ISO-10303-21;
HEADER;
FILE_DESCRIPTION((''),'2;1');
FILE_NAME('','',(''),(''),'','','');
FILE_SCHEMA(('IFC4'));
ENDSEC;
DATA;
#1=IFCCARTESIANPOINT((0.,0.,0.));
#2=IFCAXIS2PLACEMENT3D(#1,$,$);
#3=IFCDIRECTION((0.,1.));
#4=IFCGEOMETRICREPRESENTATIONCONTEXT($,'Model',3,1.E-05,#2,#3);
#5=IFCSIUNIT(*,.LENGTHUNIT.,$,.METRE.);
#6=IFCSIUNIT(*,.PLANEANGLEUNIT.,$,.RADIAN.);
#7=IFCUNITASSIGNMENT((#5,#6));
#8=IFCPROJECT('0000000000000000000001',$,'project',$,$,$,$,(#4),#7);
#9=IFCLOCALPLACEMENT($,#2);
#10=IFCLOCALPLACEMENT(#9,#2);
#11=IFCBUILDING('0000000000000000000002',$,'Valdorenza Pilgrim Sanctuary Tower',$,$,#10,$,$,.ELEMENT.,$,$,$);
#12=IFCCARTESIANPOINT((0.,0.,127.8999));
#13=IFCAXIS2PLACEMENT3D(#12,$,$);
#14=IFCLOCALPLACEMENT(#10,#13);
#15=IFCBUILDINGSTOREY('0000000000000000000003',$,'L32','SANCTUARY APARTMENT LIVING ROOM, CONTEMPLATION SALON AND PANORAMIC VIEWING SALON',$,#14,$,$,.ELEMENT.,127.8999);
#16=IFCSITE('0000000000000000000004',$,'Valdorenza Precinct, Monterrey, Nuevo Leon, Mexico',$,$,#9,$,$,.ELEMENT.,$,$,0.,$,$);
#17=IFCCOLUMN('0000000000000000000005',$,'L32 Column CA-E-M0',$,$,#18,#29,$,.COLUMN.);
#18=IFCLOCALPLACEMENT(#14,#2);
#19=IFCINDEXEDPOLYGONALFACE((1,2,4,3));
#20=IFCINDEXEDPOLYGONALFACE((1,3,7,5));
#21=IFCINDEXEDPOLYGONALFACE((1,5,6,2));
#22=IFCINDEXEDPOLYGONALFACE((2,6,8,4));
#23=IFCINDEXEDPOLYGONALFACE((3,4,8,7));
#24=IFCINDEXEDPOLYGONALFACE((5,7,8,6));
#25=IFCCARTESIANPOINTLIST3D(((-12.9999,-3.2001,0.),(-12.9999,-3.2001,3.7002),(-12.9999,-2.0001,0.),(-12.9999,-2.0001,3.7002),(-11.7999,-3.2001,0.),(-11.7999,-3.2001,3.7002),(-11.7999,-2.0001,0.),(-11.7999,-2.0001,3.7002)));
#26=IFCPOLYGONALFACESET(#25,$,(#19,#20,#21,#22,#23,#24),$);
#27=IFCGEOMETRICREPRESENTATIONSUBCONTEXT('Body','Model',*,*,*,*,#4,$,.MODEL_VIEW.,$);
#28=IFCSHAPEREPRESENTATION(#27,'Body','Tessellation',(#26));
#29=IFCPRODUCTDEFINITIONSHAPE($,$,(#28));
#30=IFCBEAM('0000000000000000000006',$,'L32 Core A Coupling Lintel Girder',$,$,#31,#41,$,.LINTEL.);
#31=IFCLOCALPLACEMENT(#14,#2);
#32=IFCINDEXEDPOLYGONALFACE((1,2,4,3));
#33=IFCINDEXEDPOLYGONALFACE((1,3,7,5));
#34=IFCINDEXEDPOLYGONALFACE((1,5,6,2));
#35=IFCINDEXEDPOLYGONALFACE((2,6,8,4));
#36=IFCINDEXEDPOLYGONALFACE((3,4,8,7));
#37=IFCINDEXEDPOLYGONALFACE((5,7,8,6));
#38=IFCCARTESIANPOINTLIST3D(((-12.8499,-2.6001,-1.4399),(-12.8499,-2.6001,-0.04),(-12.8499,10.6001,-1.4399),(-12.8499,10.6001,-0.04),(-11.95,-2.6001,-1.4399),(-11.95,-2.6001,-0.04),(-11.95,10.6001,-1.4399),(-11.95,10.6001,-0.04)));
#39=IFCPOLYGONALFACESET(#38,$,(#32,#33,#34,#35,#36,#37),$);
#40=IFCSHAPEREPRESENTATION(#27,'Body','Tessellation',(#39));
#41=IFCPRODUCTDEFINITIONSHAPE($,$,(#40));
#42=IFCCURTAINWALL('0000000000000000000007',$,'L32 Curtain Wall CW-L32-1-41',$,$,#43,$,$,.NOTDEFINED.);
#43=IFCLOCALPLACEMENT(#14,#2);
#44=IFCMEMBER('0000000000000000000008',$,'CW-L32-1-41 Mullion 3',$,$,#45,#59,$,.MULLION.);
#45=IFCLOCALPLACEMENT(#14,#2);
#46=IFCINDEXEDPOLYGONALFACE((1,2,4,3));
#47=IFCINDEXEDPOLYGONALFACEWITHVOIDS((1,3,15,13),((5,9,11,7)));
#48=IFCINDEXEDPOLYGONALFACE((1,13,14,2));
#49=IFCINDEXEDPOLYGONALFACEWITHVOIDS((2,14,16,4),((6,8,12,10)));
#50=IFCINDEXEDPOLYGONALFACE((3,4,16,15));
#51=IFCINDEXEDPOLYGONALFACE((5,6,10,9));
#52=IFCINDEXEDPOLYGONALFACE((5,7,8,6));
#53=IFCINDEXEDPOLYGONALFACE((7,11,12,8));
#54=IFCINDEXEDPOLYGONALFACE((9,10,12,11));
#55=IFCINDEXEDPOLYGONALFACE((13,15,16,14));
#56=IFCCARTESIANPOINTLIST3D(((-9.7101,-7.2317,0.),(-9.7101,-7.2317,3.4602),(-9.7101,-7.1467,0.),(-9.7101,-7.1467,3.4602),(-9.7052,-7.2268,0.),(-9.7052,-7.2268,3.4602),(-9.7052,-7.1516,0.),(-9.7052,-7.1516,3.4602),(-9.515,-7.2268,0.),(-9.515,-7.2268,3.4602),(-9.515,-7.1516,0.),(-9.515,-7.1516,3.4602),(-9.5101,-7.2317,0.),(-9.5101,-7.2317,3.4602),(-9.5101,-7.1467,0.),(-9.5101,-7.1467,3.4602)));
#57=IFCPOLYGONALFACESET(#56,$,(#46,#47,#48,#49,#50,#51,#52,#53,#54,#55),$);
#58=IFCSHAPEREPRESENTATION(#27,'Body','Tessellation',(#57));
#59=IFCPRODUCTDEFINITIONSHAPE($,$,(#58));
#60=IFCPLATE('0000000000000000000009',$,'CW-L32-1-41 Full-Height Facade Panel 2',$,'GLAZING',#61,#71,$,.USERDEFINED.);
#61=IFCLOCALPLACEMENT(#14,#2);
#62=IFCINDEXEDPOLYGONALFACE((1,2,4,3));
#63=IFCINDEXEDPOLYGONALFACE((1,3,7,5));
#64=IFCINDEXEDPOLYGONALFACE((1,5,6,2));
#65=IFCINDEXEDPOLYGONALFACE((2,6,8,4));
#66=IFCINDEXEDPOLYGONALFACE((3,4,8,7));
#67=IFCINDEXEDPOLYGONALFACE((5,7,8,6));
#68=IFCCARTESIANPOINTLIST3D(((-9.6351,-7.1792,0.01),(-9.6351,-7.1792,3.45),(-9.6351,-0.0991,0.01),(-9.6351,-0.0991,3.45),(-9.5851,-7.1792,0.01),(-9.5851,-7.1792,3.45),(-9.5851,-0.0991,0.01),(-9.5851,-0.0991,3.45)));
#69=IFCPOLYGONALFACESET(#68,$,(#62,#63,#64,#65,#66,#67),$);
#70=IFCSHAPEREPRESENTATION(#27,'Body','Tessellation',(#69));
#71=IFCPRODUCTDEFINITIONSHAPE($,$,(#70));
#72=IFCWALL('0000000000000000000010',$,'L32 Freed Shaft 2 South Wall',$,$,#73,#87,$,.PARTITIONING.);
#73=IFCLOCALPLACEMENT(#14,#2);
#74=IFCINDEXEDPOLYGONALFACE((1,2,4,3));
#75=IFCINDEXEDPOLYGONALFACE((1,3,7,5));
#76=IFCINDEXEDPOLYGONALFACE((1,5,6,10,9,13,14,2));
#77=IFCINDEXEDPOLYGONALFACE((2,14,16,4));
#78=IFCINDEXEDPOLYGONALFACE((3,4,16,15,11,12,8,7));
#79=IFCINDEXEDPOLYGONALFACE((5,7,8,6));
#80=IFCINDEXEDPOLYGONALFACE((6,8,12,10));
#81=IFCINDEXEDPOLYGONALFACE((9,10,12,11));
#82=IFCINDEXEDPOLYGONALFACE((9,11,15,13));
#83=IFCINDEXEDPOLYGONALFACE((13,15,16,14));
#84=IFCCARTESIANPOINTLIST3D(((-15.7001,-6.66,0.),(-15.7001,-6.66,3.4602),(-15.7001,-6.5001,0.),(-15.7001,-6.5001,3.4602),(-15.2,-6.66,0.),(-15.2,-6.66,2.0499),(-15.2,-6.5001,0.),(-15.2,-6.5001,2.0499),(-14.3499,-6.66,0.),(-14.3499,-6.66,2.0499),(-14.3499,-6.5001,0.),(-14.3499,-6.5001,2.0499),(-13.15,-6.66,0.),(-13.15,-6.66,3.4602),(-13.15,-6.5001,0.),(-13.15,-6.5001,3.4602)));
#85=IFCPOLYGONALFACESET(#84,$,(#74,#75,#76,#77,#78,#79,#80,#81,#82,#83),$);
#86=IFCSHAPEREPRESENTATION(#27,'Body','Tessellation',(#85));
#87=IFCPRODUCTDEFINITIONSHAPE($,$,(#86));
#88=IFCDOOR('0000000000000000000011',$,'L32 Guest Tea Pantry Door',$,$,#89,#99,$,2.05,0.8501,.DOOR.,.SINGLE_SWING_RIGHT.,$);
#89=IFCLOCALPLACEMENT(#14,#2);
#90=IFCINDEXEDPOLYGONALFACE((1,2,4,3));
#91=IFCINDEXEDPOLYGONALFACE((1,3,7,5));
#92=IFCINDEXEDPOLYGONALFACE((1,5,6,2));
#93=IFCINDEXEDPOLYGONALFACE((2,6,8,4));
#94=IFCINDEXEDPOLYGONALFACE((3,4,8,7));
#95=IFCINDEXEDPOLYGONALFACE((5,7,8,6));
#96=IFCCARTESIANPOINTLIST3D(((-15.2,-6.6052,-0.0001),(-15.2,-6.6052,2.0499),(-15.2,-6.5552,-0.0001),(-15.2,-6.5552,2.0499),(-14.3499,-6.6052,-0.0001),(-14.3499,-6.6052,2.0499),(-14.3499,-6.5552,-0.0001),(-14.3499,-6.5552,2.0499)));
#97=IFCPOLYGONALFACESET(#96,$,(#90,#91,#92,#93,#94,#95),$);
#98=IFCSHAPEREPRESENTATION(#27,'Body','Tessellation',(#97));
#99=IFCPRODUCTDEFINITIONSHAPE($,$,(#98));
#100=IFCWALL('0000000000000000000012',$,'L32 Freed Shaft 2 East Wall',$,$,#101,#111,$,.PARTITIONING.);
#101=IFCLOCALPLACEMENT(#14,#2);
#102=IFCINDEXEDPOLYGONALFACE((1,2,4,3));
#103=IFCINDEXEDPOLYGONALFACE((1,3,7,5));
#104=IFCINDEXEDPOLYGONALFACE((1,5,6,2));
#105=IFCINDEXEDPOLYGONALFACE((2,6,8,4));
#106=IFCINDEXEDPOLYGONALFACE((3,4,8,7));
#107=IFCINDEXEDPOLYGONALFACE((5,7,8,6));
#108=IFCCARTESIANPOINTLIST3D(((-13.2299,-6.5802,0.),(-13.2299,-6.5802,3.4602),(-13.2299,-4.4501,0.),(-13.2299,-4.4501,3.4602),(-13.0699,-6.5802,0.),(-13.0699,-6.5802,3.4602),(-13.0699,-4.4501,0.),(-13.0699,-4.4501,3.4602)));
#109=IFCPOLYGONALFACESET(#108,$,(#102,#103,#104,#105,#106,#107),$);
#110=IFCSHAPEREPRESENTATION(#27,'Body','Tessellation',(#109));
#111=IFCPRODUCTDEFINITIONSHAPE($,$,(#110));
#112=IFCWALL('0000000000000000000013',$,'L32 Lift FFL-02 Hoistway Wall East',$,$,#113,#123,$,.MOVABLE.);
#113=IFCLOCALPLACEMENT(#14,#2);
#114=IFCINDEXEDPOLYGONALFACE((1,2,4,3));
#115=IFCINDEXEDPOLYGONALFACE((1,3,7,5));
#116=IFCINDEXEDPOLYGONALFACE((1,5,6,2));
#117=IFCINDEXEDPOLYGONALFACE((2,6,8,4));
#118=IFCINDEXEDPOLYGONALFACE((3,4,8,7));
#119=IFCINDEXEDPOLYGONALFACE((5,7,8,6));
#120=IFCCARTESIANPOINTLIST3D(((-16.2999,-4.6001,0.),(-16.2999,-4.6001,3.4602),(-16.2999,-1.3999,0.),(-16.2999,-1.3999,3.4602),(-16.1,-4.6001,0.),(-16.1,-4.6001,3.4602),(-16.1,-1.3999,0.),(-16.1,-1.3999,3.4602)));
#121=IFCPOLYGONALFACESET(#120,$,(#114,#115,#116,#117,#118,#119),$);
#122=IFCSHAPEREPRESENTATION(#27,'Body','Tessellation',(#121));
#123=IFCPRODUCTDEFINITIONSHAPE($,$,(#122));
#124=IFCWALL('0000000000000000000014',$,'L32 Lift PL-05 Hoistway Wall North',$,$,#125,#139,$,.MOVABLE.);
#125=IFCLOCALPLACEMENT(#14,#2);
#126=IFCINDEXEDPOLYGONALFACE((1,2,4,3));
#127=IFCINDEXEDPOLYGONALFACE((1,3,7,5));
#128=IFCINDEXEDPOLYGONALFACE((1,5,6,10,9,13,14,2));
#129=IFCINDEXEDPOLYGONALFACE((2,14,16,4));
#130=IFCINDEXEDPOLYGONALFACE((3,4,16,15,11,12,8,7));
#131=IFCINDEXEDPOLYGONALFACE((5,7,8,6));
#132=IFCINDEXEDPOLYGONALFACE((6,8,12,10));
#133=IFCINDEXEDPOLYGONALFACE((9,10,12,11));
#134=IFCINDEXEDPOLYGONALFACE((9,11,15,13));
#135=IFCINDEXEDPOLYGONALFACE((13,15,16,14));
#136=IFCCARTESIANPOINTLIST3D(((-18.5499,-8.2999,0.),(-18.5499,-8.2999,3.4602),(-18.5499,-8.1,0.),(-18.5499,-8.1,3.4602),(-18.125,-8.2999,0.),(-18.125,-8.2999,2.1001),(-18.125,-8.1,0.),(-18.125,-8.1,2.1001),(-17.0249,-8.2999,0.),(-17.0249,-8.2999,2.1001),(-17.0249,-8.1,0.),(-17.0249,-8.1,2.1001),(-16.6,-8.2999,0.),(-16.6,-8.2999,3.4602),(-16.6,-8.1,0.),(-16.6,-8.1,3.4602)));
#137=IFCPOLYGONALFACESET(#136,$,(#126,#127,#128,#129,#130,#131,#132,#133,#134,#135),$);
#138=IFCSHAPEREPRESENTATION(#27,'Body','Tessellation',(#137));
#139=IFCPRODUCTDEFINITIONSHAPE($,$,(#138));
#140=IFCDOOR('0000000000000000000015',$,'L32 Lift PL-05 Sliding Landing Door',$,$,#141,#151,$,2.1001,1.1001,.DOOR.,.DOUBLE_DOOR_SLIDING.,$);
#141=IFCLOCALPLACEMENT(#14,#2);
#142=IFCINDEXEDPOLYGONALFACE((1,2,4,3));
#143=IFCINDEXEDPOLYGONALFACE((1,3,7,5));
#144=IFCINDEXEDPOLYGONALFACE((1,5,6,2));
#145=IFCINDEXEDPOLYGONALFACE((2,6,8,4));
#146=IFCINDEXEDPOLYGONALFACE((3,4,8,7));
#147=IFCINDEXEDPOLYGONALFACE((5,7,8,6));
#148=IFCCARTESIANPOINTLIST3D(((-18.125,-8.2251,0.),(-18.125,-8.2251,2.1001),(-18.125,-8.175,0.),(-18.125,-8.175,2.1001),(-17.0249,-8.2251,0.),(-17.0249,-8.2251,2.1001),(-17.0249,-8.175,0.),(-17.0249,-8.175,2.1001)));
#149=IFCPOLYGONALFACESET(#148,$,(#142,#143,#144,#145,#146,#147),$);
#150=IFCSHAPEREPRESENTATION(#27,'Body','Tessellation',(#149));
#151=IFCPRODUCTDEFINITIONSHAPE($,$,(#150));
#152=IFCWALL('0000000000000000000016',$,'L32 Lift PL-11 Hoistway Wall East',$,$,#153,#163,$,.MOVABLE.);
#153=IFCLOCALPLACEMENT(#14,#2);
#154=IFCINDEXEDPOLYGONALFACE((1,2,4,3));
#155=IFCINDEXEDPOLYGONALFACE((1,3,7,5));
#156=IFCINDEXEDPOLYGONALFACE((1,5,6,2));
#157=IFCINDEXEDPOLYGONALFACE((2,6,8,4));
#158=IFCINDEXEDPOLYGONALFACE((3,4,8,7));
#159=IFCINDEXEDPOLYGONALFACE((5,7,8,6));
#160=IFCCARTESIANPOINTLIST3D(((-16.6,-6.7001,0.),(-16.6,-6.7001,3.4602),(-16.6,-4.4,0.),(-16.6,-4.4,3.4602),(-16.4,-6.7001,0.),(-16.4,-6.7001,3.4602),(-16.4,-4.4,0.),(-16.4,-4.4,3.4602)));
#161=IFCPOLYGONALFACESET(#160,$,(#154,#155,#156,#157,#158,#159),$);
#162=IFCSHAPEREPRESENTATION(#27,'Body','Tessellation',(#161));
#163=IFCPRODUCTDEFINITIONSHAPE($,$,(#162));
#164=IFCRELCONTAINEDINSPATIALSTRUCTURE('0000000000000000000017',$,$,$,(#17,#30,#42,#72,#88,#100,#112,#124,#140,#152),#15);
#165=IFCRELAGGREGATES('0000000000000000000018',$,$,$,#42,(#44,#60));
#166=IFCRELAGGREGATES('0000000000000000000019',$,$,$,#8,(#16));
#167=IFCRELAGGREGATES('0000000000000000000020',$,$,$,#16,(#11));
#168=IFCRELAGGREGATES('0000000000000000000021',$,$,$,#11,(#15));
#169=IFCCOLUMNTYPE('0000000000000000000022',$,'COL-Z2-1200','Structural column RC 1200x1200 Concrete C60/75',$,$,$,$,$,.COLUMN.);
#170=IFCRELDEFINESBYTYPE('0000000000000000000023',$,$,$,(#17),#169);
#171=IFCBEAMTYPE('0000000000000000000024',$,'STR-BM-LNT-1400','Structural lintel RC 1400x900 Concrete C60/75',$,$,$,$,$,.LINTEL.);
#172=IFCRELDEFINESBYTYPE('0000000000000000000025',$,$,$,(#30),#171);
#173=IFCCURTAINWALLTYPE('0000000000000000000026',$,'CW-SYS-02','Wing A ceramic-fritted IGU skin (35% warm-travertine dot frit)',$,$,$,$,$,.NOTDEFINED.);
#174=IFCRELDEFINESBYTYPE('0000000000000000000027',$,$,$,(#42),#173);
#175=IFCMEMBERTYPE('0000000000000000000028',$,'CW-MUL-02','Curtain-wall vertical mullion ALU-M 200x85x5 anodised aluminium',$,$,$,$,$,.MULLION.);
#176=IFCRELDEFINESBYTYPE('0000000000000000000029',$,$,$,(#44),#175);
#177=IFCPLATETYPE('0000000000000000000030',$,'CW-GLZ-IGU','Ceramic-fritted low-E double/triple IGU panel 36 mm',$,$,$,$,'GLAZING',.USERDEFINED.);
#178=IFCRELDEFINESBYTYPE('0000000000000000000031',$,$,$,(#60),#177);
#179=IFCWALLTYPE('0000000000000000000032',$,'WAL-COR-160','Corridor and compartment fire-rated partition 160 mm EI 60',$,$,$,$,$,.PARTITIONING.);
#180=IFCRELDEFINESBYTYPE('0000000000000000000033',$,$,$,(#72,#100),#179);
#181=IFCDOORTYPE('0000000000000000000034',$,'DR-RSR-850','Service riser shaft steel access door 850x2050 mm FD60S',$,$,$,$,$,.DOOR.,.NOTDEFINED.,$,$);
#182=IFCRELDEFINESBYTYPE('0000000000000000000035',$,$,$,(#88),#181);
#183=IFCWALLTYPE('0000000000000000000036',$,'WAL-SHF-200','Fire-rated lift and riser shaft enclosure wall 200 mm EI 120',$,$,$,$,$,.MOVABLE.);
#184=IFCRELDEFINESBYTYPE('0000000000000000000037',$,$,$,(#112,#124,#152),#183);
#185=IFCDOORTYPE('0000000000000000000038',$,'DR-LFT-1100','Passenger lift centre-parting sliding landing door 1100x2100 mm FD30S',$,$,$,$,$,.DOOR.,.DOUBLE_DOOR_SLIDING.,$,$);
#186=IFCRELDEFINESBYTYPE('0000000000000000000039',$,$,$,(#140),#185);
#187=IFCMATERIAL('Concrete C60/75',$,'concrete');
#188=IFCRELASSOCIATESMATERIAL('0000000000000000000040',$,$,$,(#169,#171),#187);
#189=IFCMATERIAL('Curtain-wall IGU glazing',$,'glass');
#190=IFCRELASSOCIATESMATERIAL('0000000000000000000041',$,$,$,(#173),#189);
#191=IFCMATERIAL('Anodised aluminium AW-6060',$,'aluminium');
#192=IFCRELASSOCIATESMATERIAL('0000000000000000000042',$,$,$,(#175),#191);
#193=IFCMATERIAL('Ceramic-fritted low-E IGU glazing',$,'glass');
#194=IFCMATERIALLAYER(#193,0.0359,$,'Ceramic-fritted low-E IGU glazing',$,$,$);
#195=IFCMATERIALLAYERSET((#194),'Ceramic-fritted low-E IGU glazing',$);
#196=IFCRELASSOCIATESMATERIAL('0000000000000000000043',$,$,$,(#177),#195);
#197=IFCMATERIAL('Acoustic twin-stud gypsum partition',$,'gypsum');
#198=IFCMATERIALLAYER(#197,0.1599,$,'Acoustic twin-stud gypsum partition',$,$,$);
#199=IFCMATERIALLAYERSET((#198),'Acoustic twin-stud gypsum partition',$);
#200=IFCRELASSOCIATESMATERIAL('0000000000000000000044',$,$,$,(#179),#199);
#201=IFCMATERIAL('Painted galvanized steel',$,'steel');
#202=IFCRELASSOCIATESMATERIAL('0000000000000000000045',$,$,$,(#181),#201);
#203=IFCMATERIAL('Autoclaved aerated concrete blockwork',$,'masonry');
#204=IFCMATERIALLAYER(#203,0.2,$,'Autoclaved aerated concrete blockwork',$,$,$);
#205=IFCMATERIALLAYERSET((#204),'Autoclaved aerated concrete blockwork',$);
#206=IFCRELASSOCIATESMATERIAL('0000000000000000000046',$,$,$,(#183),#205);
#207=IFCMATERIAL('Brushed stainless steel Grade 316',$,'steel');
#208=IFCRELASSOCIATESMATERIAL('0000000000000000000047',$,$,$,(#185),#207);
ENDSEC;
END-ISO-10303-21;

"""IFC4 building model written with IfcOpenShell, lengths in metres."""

from ifc_helpers import new_model, si_unit, direction, frame, frame_2d, origin, origin_2d, place, context, subcontext, project, spatial, rectangle, hollow_rectangle, extrude, source, transform, mapped, material, layer, layer_set, material_profile, profile_set, type_object, element, fill, aggregate, save


model = new_model("IFC4")

# Units and contexts
model_context = context("Model", 3, precision=1e-05, world=origin(), true_north=direction((0.0, 1.0)))
body_context = subcontext(model_context, "Body", "Model", "MODEL_VIEW")
ifc_project = project(units=[si_unit("LENGTHUNIT", "METRE"), si_unit("PLANEANGLEUNIT", "RADIAN")], contexts=[model_context])

# Site, building, storey
site_placement = place(None, origin())
site = spatial("IfcSite", under=ifc_project, at=site_placement, Name="Valdorenza Precinct, Monterrey, Nuevo Leon, Mexico", CompositionType="ELEMENT", RefElevation=0.0)
building_placement = place(site_placement, origin())
building = spatial("IfcBuilding", under=site, at=building_placement, Name="Valdorenza Pilgrim Sanctuary Tower", CompositionType="ELEMENT")
storey_placement = place(building_placement, frame((0.0, 0.0, 127.8999)))
storey = spatial("IfcBuildingStorey", under=building, at=storey_placement, Name="L32", Description="SANCTUARY APARTMENT LIVING ROOM, CONTEMPLATION SALON AND PANORAMIC VIEWING SALON", CompositionType="ELEMENT", Elevation=127.8999)

# Column
ifc_material_1 = material(Name="Concrete C60/75", Category="concrete")
ifc_material_profile_1 = material_profile(ifc_material_1, rectangle(XDim=1.2, YDim=1.2, at=origin_2d()), Name="RC 1200x1200")
ifc_profile_set_1 = profile_set([ifc_material_profile_1], Name="Concrete C60/75")
column_type = type_object("IfcColumnType", Name="COL-Z2-1200", Description="Structural column RC 1200x1200 Concrete C60/75", PredefinedType="COLUMN", material=ifc_profile_set_1)
shared_shape_1 = source(origin(), body_context, "Body", "SweptSolid", [
    extrude(rectangle(XDim=1.2, YDim=1.2, at=origin_2d()), origin(), (0.0, 0.0, 1.0), 3.7002),
])
column_placement = place(storey_placement, frame((-12.3999, -2.6001, 0.0), z_axis=(0.0, 0.0, 1.0), x_axis=(1.0, 0.0, 0.0)))
element("IfcColumn", 1, at=column_placement, inside=storey, type_object=column_type, Name="L32 Column CA-E-M0", PredefinedType="COLUMN", context=body_context, shape_type="MappedRepresentation", body=[
    mapped(shared_shape_1, transform((0.0, 0.0, 0.0), x_axis=(1.0, 0.0, 0.0), y_axis=(0.0, 1.0, 0.0), z_axis=(0.0, 0.0, 1.0), scale=1.0)),
])

# Beam
ifc_material_profile_2 = material_profile(ifc_material_1, rectangle(XDim=0.8999, YDim=1.3999, at=origin_2d()), Name="RC 1400x900")
ifc_profile_set_2 = profile_set([ifc_material_profile_2], Name="Concrete C60/75")
beam_type = type_object("IfcBeamType", Name="STR-BM-LNT-1400", Description="Structural lintel RC 1400x900 Concrete C60/75", PredefinedType="LINTEL", material=ifc_profile_set_2)
shared_shape_2 = source(origin(), body_context, "Body", "SweptSolid", [
    extrude(rectangle(XDim=0.8999, YDim=1.3999, at=origin_2d()), origin(), (0.0, 0.0, 1.0), 13.2002),
])
beam_placement = place(storey_placement, frame((-12.3999, -2.6001, -0.74), z_axis=(0.0, 1.0, 0.0), x_axis=(-1.0, 0.0, 0.0)))
element("IfcBeam", 2, at=beam_placement, inside=storey, type_object=beam_type, Name="L32 Core A Coupling Lintel Girder", PredefinedType="LINTEL", context=body_context, shape_type="MappedRepresentation", body=[
    mapped(shared_shape_2, transform((0.0, 0.0, 0.0), x_axis=(1.0, 0.0, 0.0), y_axis=(0.0, 1.0, 0.0), z_axis=(0.0, 0.0, 1.0), scale=1.0)),
])

# Curtain wall, member, plate
ifc_material_2 = material(Name="Curtain-wall IGU glazing", Category="glass")
curtain_wall_type = type_object("IfcCurtainWallType", Name="CW-SYS-02", Description="Wing A ceramic-fritted IGU skin (35% warm-travertine dot frit)", PredefinedType="NOTDEFINED", material=ifc_material_2)
curtain_wall_placement = place(storey_placement, origin())
curtain_wall = element("IfcCurtainWall", 3, at=curtain_wall_placement, inside=storey, type_object=curtain_wall_type, Name="L32 Curtain Wall CW-L32-1-41", PredefinedType="NOTDEFINED")
ifc_material_3 = material(Name="Anodised aluminium AW-6060", Category="aluminium")
ifc_material_profile_3 = material_profile(ifc_material_3, hollow_rectangle(XDim=0.085, YDim=0.2, WallThickness=0.0049, at=origin_2d()), Name="ALU-M 200x85x5")
ifc_profile_set_3 = profile_set([ifc_material_profile_3], Name="Anodised aluminium AW-6060")
member_type = type_object("IfcMemberType", Name="CW-MUL-02", Description="Curtain-wall vertical mullion ALU-M 200x85x5 anodised aluminium", PredefinedType="MULLION", material=ifc_profile_set_3)
shared_shape_3 = source(origin(), body_context, "Body", "SweptSolid", [
    extrude(hollow_rectangle(XDim=0.085, YDim=0.2, WallThickness=0.0049, at=origin_2d()), origin(), (0.0, 0.0, 1.0), 3.4602),
])
member_placement = place(storey_placement, frame((-9.6101, -7.1892, 0.0), z_axis=(0.0, 0.0, 1.0), x_axis=(0.0, -1.0, 0.0)))
member = element("IfcMember", 4, at=member_placement, type_object=member_type, Name="CW-L32-1-41 Mullion 3", PredefinedType="MULLION", context=body_context, shape_type="MappedRepresentation", body=[
    mapped(shared_shape_3, transform((0.0, 0.0, 0.0), x_axis=(1.0, 0.0, 0.0), y_axis=(0.0, 1.0, 0.0), z_axis=(0.0, 0.0, 1.0), scale=1.0)),
])
ifc_material_4 = material(Name="Ceramic-fritted low-E IGU glazing", Category="glass")
ifc_layer_1 = layer(ifc_material_4, 0.0359, Name="Ceramic-fritted low-E IGU glazing")
ifc_layer_set_1 = layer_set([ifc_layer_1], Name="Ceramic-fritted low-E IGU glazing")
plate_type = type_object("IfcPlateType", Name="CW-GLZ-IGU", Description="Ceramic-fritted low-E double/triple IGU panel 36 mm", ElementType="GLAZING", PredefinedType="USERDEFINED", material=ifc_layer_set_1)
shared_shape_4 = source(origin(), body_context, "Body", "SweptSolid", [
    extrude(rectangle(XDim=7.0801, YDim=0.05, at=origin_2d()), origin(), (0.0, 0.0, 1.0), 3.4399),
])
plate_placement = place(storey_placement, frame((-9.6101, -3.6392, 0.01), z_axis=(0.0, 0.0, 1.0), x_axis=(0.0, -1.0, 0.0)))
plate = element("IfcPlate", 5, at=plate_placement, type_object=plate_type, Name="CW-L32-1-41 Full-Height Facade Panel 2", ObjectType="GLAZING", PredefinedType="USERDEFINED", context=body_context, shape_type="MappedRepresentation", body=[
    mapped(shared_shape_4, transform((0.0, 0.0, 0.0), x_axis=(1.0, 0.0, 0.0), y_axis=(0.0, 1.0, 0.0), z_axis=(0.0, 0.0, 1.0), scale=1.0)),
])
aggregate(curtain_wall, [member, plate])

# Wall, opening, door
ifc_material_5 = material(Name="Acoustic twin-stud gypsum partition", Category="gypsum")
ifc_layer_2 = layer(ifc_material_5, 0.1599, Name="Acoustic twin-stud gypsum partition")
ifc_layer_set_2 = layer_set([ifc_layer_2], Name="Acoustic twin-stud gypsum partition")
wall_type_1 = type_object("IfcWallType", Name="WAL-COR-160", Description="Corridor and compartment fire-rated partition 160 mm EI 60", PredefinedType="PARTITIONING", material=ifc_layer_set_2)
wall_1_placement = place(storey_placement, frame((-15.7, -6.5801, 0.0), z_axis=(0.0, 0.0, 1.0), x_axis=(1.0, 0.0, 0.0)))
wall_1 = element("IfcWall", 6, at=wall_1_placement, inside=storey, type_object=wall_type_1, Name="L32 Freed Shaft 2 South Wall", PredefinedType="PARTITIONING", context=body_context, shape_type="SweptSolid", body=[
    extrude(rectangle(XDim=2.55, YDim=0.1599, at=frame_2d((1.2749, 0.0))), origin(), (0.0, 0.0, 1.0), 3.4602),
])
opening_1_placement = place(wall_1_placement, frame((0.5, 0.0, 0.0)))
opening_1 = element("IfcOpeningElement", 7, at=opening_1_placement, cuts=wall_1, PredefinedType="OPENING", context=body_context, shape_type="SweptSolid", body=[
    extrude(rectangle(XDim=0.8501, YDim=2.05, at=frame_2d((0.425, 1.0249))), frame((0.0, 0.0947, 0.0), z_axis=(0.0, -1.0, 0.0), x_axis=(1.0, 0.0, 0.0)), (0.0, 0.0, 1.0), 0.1897),
])
ifc_material_6 = material(Name="Painted galvanized steel", Category="steel")
door_type_1 = type_object("IfcDoorType", Name="DR-RSR-850", Description="Service riser shaft steel access door 850x2050 mm FD60S", OperationType="NOTDEFINED", PredefinedType="DOOR", material=ifc_material_6)
door_1_placement = place(opening_1_placement, origin())
door_1 = element("IfcDoor", 8, at=door_1_placement, inside=storey, type_object=door_type_1, Name="L32 Guest Tea Pantry Door", OperationType="SINGLE_SWING_RIGHT", OverallHeight=2.05, OverallWidth=0.8501, PredefinedType="DOOR", context=body_context, shape_type="SweptSolid", body=[
    extrude(rectangle(XDim=0.8501, YDim=2.05, at=frame_2d((0.425, 1.0249))), frame((0.0, 0.0249, 0.0), z_axis=(0.0, -1.0, 0.0), x_axis=(1.0, 0.0, 0.0)), (0.0, 0.0, 1.0), 0.05),
])
fill(opening_1, door_1)

# Walls
wall_2_placement = place(storey_placement, frame((-13.1499, -6.5801, 0.0), z_axis=(0.0, 0.0, 1.0), x_axis=(0.0, 1.0, 0.0)))
element("IfcWall", 9, at=wall_2_placement, inside=storey, type_object=wall_type_1, Name="L32 Freed Shaft 2 East Wall", PredefinedType="PARTITIONING", context=body_context, shape_type="SweptSolid", body=[
    extrude(rectangle(XDim=2.1301, YDim=0.1599, at=frame_2d((1.0649, 0.0))), origin(), (0.0, 0.0, 1.0), 3.4602),
])
ifc_material_7 = material(Name="Autoclaved aerated concrete blockwork", Category="masonry")
ifc_layer_3 = layer(ifc_material_7, 0.2, Name="Autoclaved aerated concrete blockwork")
ifc_layer_set_3 = layer_set([ifc_layer_3], Name="Autoclaved aerated concrete blockwork")
wall_type_2 = type_object("IfcWallType", Name="WAL-SHF-200", Description="Fire-rated lift and riser shaft enclosure wall 200 mm EI 120", PredefinedType="MOVABLE", material=ifc_layer_set_3)
wall_3_placement = place(storey_placement, frame((-16.2, -4.6001, 0.0), z_axis=(0.0, 0.0, 1.0), x_axis=(0.0, 1.0, 0.0)))
element("IfcWall", 10, at=wall_3_placement, inside=storey, type_object=wall_type_2, Name="L32 Lift FFL-02 Hoistway Wall East", PredefinedType="MOVABLE", context=body_context, shape_type="SweptSolid", body=[
    extrude(rectangle(XDim=3.2002, YDim=0.2, at=frame_2d((1.6001, 0.0))), origin(), (0.0, 0.0, 1.0), 3.4602),
])

# Wall, opening, door
wall_4_placement = place(storey_placement, frame((-18.55, -8.2, 0.0), z_axis=(0.0, 0.0, 1.0), x_axis=(1.0, 0.0, 0.0)))
wall_4 = element("IfcWall", 11, at=wall_4_placement, inside=storey, type_object=wall_type_2, Name="L32 Lift PL-05 Hoistway Wall North", PredefinedType="MOVABLE", context=body_context, shape_type="SweptSolid", body=[
    extrude(rectangle(XDim=1.95, YDim=0.2, at=frame_2d((0.9751, 0.0))), origin(), (0.0, 0.0, 1.0), 3.4602),
])
opening_2_placement = place(wall_4_placement, frame((0.425, 0.0, 0.0)))
opening_2 = element("IfcOpeningElement", 12, at=opening_2_placement, cuts=wall_4, PredefinedType="OPENING", context=body_context, shape_type="SweptSolid", body=[
    extrude(rectangle(XDim=1.1001, YDim=2.1001, at=frame_2d((0.55, 1.05))), frame((0.0, 0.1147, 0.0), z_axis=(0.0, -1.0, 0.0), x_axis=(1.0, 0.0, 0.0)), (0.0, 0.0, 1.0), 0.2297),
])
ifc_material_8 = material(Name="Brushed stainless steel Grade 316", Category="steel")
door_type_2 = type_object("IfcDoorType", Name="DR-LFT-1100", Description="Passenger lift centre-parting sliding landing door 1100x2100 mm FD30S", OperationType="DOUBLE_DOOR_SLIDING", PredefinedType="DOOR", material=ifc_material_8)
door_2_placement = place(opening_2_placement, origin())
door_2 = element("IfcDoor", 13, at=door_2_placement, inside=storey, type_object=door_type_2, Name="L32 Lift PL-05 Sliding Landing Door", OperationType="DOUBLE_DOOR_SLIDING", OverallHeight=2.1001, OverallWidth=1.1001, PredefinedType="DOOR", context=body_context, shape_type="SweptSolid", body=[
    extrude(rectangle(XDim=1.1001, YDim=2.1001, at=frame_2d((0.55, 1.05))), frame((0.0, 0.0249, 0.0), z_axis=(0.0, -1.0, 0.0), x_axis=(1.0, 0.0, 0.0)), (0.0, 0.0, 1.0), 0.05),
])
fill(opening_2, door_2)

# Wall
wall_5_placement = place(storey_placement, frame((-16.5, -6.7, 0.0), z_axis=(0.0, 0.0, 1.0), x_axis=(0.0, 1.0, 0.0)))
element("IfcWall", 14, at=wall_5_placement, inside=storey, type_object=wall_type_2, Name="L32 Lift PL-11 Hoistway Wall East", PredefinedType="MOVABLE", context=body_context, shape_type="SweptSolid", body=[
    extrude(rectangle(XDim=2.3, YDim=0.2, at=frame_2d((1.1499, 0.0))), origin(), (0.0, 0.0, 1.0), 3.4602),
])

save(model, "model.ifc")
